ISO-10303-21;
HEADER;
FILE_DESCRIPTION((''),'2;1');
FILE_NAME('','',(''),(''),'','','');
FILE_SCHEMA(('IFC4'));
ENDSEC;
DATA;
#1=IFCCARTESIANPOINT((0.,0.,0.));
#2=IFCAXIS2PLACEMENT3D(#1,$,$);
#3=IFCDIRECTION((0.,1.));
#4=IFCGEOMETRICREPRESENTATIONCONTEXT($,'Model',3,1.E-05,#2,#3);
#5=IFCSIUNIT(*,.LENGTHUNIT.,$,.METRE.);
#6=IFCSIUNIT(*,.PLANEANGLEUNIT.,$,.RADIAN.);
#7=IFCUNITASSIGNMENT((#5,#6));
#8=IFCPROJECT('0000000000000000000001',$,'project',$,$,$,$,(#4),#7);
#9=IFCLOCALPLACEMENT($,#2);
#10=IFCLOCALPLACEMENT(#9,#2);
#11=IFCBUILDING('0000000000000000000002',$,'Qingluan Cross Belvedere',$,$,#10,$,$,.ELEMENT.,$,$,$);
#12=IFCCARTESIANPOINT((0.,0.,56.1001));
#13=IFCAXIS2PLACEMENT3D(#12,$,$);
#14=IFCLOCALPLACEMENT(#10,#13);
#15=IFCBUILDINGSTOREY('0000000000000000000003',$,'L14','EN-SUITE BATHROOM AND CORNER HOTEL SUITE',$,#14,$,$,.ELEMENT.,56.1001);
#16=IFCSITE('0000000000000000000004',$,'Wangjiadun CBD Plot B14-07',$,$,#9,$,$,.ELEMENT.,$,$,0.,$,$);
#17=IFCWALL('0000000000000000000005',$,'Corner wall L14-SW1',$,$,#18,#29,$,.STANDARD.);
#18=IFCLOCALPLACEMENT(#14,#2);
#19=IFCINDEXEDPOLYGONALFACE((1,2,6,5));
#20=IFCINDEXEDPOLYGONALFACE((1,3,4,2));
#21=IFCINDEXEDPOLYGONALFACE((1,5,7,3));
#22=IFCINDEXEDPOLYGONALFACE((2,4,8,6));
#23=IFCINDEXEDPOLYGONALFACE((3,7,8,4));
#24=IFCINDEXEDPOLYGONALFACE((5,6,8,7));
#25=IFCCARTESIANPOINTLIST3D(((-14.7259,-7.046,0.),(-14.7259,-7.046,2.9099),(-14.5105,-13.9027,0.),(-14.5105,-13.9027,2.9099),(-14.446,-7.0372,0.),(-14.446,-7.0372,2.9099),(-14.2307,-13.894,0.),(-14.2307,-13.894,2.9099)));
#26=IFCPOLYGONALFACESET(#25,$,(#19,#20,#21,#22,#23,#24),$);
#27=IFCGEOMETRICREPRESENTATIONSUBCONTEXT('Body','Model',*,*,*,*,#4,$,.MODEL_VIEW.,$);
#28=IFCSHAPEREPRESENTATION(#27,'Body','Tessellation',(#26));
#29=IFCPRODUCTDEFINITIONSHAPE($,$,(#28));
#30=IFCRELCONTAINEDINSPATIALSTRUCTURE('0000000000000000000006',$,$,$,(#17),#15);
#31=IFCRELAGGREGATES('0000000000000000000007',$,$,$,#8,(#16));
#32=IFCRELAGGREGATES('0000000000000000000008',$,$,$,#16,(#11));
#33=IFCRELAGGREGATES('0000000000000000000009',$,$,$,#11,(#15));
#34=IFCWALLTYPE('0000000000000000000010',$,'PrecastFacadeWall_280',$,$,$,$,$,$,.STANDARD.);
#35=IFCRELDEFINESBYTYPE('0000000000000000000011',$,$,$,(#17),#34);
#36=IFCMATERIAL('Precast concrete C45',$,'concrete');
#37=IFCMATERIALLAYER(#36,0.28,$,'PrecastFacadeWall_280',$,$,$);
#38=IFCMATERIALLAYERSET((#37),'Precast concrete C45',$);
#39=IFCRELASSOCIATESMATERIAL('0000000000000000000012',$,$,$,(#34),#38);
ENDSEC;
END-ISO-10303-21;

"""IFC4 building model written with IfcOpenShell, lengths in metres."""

from ifc_helpers import new_model, si_unit, direction, frame, frame_2d, origin, place, context, subcontext, project, spatial, rectangle, extrude, material, layer, layer_set, type_object, element, save


model = new_model("IFC4")

# Units and contexts
model_context = context("Model", 3, precision=1e-05, world=origin(), true_north=direction((0.0, 1.0)))
body_context = subcontext(model_context, "Body", "Model", "MODEL_VIEW")
ifc_project = project(units=[si_unit("LENGTHUNIT", "METRE"), si_unit("PLANEANGLEUNIT", "RADIAN")], contexts=[model_context])

# Site, building, storey
site_placement = place(None, origin())
site = spatial("IfcSite", under=ifc_project, at=site_placement, Name="Wangjiadun CBD Plot B14-07", CompositionType="ELEMENT", RefElevation=0.0)
building_placement = place(site_placement, origin())
building = spatial("IfcBuilding", under=site, at=building_placement, Name="Qingluan Cross Belvedere", CompositionType="ELEMENT")
storey_placement = place(building_placement, frame((0.0, 0.0, 56.1001)))
storey = spatial("IfcBuildingStorey", under=building, at=storey_placement, Name="L14", Description="EN-SUITE BATHROOM AND CORNER HOTEL SUITE", CompositionType="ELEMENT", Elevation=56.1001)

# Wall
ifc_material_1 = material(Name="Precast concrete C45", Category="concrete")
ifc_layer_1 = layer(ifc_material_1, 0.28, Name="PrecastFacadeWall_280")
ifc_layer_set_1 = layer_set([ifc_layer_1], Name="Precast concrete C45")
wall_type_1 = type_object("IfcWallType", Name="PrecastFacadeWall_280", PredefinedType="STANDARD", material=ifc_layer_set_1)
wall_1_placement = place(storey_placement, frame((-14.5859, -7.0415, 0.0), z_axis=(0.0, 0.0, 1.0), x_axis=(0.031389, -0.999507, 0.0)))
element("IfcWall", 1, at=wall_1_placement, inside=storey, type_object=wall_type_1, Name="Corner wall L14-SW1", PredefinedType="STANDARD", context=body_context, shape_type="SweptSolid", body=[
    extrude(rectangle(XDim=6.8601, YDim=0.28, at=frame_2d((3.4302, 0.0))), origin(), (0.0, 0.0, 1.0), 2.9099),
])

save(model, "model.ifc")
